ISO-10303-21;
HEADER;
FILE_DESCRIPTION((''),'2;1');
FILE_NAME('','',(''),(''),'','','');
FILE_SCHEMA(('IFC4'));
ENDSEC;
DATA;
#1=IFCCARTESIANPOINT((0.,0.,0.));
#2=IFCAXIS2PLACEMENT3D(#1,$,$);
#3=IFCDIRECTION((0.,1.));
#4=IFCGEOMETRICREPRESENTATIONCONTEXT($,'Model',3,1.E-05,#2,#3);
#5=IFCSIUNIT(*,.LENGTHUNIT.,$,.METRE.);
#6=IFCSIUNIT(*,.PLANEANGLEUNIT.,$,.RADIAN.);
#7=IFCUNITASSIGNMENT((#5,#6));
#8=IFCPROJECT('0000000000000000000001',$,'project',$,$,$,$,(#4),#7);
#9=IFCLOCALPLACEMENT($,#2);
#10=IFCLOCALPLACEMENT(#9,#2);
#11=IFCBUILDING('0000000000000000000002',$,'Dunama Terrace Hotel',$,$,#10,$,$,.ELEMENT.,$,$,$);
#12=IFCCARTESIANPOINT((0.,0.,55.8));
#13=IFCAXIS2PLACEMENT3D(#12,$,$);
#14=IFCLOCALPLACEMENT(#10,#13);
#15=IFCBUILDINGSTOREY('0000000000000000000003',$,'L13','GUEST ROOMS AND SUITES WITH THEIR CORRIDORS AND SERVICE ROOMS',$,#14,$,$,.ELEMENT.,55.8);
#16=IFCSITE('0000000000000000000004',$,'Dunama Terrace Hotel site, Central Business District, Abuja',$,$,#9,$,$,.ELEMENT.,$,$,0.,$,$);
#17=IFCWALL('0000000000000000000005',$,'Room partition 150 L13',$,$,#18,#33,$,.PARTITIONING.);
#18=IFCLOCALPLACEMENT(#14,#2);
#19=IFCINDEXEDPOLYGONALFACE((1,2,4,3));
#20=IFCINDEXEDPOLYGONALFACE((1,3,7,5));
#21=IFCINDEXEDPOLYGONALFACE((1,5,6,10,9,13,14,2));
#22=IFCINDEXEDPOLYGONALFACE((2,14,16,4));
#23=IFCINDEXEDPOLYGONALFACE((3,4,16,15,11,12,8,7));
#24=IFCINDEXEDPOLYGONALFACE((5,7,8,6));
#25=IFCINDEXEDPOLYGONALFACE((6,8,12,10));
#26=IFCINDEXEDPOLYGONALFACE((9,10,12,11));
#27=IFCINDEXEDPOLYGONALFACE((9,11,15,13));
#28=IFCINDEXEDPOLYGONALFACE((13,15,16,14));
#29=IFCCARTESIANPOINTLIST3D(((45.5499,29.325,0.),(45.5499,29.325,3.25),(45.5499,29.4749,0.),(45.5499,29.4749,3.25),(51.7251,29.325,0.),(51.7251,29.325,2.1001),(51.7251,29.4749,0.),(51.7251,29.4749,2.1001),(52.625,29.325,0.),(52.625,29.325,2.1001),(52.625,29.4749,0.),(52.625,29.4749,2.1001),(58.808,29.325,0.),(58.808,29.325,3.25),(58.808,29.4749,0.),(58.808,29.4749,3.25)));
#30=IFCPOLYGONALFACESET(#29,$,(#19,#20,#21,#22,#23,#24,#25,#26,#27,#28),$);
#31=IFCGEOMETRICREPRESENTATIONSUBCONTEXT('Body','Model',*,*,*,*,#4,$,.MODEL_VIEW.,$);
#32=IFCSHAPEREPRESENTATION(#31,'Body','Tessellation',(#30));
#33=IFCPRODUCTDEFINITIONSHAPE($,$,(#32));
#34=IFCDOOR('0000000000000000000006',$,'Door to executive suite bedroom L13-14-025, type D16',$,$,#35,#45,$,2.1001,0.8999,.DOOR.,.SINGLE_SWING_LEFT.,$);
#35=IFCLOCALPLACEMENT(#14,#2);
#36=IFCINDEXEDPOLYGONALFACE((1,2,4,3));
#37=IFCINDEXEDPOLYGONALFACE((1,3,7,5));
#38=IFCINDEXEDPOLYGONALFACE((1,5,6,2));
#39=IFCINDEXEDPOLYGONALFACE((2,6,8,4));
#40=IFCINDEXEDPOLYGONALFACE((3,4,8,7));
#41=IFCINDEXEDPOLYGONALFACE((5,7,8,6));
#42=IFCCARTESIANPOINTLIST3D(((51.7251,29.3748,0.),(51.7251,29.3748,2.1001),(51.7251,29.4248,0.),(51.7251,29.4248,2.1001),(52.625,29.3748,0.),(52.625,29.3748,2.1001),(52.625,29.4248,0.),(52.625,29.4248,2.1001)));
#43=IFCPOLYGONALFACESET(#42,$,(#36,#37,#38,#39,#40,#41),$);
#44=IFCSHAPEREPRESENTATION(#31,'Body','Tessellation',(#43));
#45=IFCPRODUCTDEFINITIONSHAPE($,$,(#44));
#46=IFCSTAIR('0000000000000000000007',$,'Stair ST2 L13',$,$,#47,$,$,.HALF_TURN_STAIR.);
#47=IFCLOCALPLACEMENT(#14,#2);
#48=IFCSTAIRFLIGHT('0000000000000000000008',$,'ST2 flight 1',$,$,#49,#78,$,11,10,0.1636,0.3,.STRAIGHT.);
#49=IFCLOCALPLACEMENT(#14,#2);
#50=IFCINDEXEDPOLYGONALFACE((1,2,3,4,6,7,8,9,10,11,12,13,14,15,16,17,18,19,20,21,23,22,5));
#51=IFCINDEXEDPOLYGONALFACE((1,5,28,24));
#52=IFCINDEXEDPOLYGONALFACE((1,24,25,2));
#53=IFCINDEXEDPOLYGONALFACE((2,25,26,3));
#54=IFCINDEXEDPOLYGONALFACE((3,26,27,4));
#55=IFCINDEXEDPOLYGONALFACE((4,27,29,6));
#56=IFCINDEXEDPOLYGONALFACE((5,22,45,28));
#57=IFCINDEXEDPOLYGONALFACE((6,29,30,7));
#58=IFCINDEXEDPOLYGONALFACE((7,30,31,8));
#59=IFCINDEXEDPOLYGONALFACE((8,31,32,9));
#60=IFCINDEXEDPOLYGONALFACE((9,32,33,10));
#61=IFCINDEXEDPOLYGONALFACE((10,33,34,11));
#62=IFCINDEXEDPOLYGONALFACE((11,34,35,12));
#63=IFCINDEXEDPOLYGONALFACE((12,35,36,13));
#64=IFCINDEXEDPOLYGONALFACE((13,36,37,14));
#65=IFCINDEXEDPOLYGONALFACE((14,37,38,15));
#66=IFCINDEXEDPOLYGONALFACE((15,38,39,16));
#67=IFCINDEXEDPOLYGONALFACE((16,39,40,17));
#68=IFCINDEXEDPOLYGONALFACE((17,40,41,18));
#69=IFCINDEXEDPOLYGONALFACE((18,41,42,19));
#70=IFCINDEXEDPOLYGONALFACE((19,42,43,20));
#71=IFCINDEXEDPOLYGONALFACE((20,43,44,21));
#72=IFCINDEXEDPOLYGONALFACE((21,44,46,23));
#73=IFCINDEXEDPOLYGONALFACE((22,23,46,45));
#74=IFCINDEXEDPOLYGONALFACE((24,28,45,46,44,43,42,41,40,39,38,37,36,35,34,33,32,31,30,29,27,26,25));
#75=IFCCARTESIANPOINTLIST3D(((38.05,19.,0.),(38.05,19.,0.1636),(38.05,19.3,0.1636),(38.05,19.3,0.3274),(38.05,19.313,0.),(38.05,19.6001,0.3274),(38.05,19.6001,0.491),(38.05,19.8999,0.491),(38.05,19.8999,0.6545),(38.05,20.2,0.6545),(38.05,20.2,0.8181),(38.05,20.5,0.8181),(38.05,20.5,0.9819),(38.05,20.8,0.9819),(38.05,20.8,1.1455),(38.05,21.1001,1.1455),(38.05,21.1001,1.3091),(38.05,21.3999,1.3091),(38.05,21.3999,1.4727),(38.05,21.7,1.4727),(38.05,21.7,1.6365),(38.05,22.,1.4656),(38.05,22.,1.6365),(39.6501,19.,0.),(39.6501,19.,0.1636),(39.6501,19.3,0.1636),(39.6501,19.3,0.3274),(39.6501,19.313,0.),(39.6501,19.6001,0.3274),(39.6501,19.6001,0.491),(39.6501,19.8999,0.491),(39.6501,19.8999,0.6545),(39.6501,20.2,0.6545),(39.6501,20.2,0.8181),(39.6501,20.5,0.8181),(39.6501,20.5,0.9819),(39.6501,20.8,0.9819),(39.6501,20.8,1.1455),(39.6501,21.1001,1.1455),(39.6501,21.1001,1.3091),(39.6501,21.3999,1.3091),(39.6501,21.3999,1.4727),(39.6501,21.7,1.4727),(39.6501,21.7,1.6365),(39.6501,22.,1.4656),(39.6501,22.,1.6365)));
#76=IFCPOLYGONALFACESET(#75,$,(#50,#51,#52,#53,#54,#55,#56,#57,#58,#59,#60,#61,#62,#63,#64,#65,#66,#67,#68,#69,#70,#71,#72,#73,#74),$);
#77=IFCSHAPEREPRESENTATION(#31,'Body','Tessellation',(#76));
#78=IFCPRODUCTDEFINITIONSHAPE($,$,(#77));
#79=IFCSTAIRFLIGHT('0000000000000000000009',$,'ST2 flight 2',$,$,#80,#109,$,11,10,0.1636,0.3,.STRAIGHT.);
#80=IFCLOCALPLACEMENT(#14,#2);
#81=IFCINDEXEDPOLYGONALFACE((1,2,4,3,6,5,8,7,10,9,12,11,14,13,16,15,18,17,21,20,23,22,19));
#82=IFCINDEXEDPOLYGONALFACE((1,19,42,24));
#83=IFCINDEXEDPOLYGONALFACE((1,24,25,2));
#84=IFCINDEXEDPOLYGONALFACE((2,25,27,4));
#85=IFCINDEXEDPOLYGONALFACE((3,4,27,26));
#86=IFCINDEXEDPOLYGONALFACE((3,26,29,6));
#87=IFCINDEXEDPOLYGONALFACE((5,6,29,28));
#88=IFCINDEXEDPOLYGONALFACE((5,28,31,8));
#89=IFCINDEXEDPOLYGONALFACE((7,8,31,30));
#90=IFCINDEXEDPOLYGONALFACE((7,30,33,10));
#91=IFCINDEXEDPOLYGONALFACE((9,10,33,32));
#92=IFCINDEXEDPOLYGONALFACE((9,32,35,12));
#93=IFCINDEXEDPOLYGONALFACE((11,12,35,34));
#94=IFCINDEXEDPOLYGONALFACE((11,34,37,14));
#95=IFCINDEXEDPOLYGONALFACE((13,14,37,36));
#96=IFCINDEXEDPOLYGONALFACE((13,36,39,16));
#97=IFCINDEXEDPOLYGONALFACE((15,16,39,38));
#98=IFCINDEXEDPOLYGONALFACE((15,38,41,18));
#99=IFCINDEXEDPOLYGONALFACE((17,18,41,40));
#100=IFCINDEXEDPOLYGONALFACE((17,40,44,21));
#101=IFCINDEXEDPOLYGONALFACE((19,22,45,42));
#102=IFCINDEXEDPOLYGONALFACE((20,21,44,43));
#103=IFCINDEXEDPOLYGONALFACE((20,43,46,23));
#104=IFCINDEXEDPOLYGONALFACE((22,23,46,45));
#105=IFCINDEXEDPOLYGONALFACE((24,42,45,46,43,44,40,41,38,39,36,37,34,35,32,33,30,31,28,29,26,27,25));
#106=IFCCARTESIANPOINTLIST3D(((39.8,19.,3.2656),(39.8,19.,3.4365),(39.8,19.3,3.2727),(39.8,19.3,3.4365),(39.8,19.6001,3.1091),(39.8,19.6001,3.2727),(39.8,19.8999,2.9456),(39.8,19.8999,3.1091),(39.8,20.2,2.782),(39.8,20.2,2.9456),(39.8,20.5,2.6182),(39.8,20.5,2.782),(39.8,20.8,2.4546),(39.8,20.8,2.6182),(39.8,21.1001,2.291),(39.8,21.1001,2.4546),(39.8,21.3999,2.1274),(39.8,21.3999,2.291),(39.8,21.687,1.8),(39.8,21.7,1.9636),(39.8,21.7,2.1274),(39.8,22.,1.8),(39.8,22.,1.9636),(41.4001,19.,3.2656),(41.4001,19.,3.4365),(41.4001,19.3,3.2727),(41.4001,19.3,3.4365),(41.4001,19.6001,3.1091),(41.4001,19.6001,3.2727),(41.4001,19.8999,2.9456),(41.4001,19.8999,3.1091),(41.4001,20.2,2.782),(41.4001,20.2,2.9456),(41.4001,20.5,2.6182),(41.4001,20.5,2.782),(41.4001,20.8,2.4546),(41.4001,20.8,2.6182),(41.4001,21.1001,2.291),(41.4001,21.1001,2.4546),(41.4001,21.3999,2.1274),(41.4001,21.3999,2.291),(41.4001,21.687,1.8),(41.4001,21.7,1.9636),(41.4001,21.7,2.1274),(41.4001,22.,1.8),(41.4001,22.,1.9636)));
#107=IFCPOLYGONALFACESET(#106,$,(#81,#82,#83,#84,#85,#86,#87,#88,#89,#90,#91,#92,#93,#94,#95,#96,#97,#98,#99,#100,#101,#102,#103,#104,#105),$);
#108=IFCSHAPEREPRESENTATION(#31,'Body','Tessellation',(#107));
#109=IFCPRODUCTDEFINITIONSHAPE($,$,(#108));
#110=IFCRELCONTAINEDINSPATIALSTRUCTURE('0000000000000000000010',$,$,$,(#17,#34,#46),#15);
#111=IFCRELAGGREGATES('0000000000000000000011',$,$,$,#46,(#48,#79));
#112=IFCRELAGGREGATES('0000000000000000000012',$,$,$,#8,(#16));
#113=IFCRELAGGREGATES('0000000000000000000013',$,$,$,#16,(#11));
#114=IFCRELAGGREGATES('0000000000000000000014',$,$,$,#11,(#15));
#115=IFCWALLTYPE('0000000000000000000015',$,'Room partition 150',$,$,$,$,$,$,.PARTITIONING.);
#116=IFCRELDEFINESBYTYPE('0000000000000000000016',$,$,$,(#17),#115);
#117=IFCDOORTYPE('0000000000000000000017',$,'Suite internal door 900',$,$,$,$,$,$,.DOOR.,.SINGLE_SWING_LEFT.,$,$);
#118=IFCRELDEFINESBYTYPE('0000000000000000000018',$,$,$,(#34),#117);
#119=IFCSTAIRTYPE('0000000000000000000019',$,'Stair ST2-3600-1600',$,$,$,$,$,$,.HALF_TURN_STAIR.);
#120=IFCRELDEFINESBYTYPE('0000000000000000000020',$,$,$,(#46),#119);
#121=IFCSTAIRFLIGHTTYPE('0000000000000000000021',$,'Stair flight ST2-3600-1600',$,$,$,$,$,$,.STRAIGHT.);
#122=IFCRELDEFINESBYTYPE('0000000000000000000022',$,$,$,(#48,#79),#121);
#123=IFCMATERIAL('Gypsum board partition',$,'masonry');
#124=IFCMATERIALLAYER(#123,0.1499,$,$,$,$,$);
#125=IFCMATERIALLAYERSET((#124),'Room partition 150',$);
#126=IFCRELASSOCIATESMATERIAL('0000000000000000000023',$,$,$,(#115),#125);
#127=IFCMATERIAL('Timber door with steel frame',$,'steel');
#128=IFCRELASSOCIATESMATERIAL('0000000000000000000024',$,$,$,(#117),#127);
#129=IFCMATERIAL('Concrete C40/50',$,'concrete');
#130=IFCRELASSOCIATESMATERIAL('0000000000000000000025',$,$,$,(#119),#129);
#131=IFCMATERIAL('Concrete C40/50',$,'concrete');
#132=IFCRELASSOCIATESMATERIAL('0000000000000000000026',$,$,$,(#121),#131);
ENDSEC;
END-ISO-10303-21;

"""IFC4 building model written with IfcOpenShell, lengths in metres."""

from ifc_helpers import new_model, si_unit, direction, frame, frame_2d, origin, place, context, subcontext, project, spatial, polyline, rectangle, outline, extrude, material, layer, layer_set, type_object, element, fill, aggregate, save


model = new_model("IFC4")

# Units and contexts
model_context = context("Model", 3, precision=1e-05, world=origin(), true_north=direction((0.0, 1.0)))
body_context = subcontext(model_context, "Body", "Model", "MODEL_VIEW")
ifc_project = project(units=[si_unit("LENGTHUNIT", "METRE"), si_unit("PLANEANGLEUNIT", "RADIAN")], contexts=[model_context])

# Site, building, storey
site_placement = place(None, origin())
site = spatial("IfcSite", under=ifc_project, at=site_placement, Name="Dunama Terrace Hotel site, Central Business District, Abuja", CompositionType="ELEMENT", RefElevation=0.0)
building_placement = place(site_placement, origin())
building = spatial("IfcBuilding", under=site, at=building_placement, Name="Dunama Terrace Hotel", CompositionType="ELEMENT")
storey_placement = place(building_placement, frame((0.0, 0.0, 55.8)))
storey = spatial("IfcBuildingStorey", under=building, at=storey_placement, Name="L13", Description="GUEST ROOMS AND SUITES WITH THEIR CORRIDORS AND SERVICE ROOMS", CompositionType="ELEMENT", Elevation=55.8)

# Wall, opening, door
ifc_material_1 = material(Name="Gypsum board partition", Category="masonry")
ifc_layer_1 = layer(ifc_material_1, 0.1499)
ifc_layer_set_1 = layer_set([ifc_layer_1], Name="Room partition 150")
wall_type_1 = type_object("IfcWallType", Name="Room partition 150", PredefinedType="PARTITIONING", material=ifc_layer_set_1)
ifc_material_2 = material(Name="Timber door with steel frame", Category="steel")
door_type_1 = type_object("IfcDoorType", Name="Suite internal door 900", OperationType="SINGLE_SWING_LEFT", PredefinedType="DOOR", material=ifc_material_2)
wall_1_placement = place(storey_placement, frame((45.55, 29.3999, 0.0), z_axis=(0.0, 0.0, 1.0), x_axis=(1.0, 0.0, 0.0)))
wall_1 = element("IfcWall", 1, at=wall_1_placement, inside=storey, type_object=wall_type_1, Name="Room partition 150 L13", PredefinedType="PARTITIONING", context=body_context, shape_type="SweptSolid", body=[
    extrude(rectangle(XDim=13.2581, YDim=0.1499, at=frame_2d((6.6289, 0.0))), origin(), (0.0, 0.0, 1.0), 3.25),
])
opening_1_placement = place(wall_1_placement, frame((6.175, 0.0, 0.0)))
opening_1 = element("IfcOpeningElement", 2, at=opening_1_placement, cuts=wall_1, PredefinedType="OPENING", context=body_context, shape_type="SweptSolid", body=[
    extrude(rectangle(XDim=0.8999, YDim=2.1001, at=frame_2d((0.45, 1.05))), frame((0.0, 0.085, 0.0), z_axis=(0.0, -1.0, 0.0), x_axis=(1.0, 0.0, 0.0)), (0.0, 0.0, 1.0), 0.1699),
])
door_1_placement = place(opening_1_placement, origin())
door_1 = element("IfcDoor", 3, at=door_1_placement, inside=storey, type_object=door_type_1, Name="Door to executive suite bedroom L13-14-025, type D16", OperationType="SINGLE_SWING_LEFT", OverallHeight=2.1001, OverallWidth=0.8999, PredefinedType="DOOR", context=body_context, shape_type="SweptSolid", body=[
    extrude(rectangle(XDim=0.8999, YDim=2.1001, at=frame_2d((0.45, 1.05))), frame((0.0, 0.0249, 0.0), z_axis=(0.0, -1.0, 0.0), x_axis=(1.0, 0.0, 0.0)), (0.0, 0.0, 1.0), 0.05),
])
fill(opening_1, door_1)

# Stair, stair flights
ifc_material_3 = material(Name="Concrete C40/50", Category="concrete")
stair_type = type_object("IfcStairType", Name="Stair ST2-3600-1600", PredefinedType="HALF_TURN_STAIR", material=ifc_material_3)
stair_placement = place(storey_placement, origin())
stair = element("IfcStair", 4, at=stair_placement, inside=storey, type_object=stair_type, Name="Stair ST2 L13", PredefinedType="HALF_TURN_STAIR")
ifc_material_4 = material(Name="Concrete C40/50", Category="concrete")
stair_flight_type = type_object("IfcStairFlightType", Name="Stair flight ST2-3600-1600", PredefinedType="STRAIGHT", material=ifc_material_4)
stair_flight_1_placement = place(storey_placement, frame((38.8501, 19.0, 0.0), z_axis=(0.0, 0.0, 1.0), x_axis=(0.0, 1.0, 0.0)))
stair_flight_1 = element("IfcStairFlight", 5, at=stair_flight_1_placement, type_object=stair_flight_type, Name="ST2 flight 1", NumberOfRisers=11, NumberOfTreads=10, PredefinedType="STRAIGHT", RiserHeight=0.1636, TreadLength=0.3, context=body_context, shape_type="SweptSolid", body=[
    extrude(outline(polyline([(0.0, 0.0), (0.0, 0.1636), (0.3, 0.1636), (0.3, 0.3274), (0.6001, 0.3274), (0.6001, 0.491), (0.8999, 0.491), (0.8999, 0.6545), (1.2, 0.6545), (1.2, 0.8181), (1.5, 0.8181), (1.5, 0.9819), (1.8, 0.9819), (1.8, 1.1455), (2.1001, 1.1455), (2.1001, 1.3091), (2.3999, 1.3091), (2.3999, 1.4727), (2.7, 1.4727), (2.7, 1.6365), (3.0, 1.6365), (3.0, 1.8), (3.0, 1.4656), (0.313, 0.0), (0.0, 0.0)])), frame((0.0, 0.8, 0.0), z_axis=(0.0, -1.0, 0.0), x_axis=(1.0, 0.0, 0.0)), (0.0, 0.0, 1.0), 1.6001),
])
stair_flight_2_placement = place(storey_placement, frame((40.6001, 22.0, 1.8), z_axis=(0.0, 0.0, 1.0), x_axis=(0.0, -1.0, 0.0)))
stair_flight_2 = element("IfcStairFlight", 6, at=stair_flight_2_placement, type_object=stair_flight_type, Name="ST2 flight 2", NumberOfRisers=11, NumberOfTreads=10, PredefinedType="STRAIGHT", RiserHeight=0.1636, TreadLength=0.3, context=body_context, shape_type="SweptSolid", body=[
    extrude(outline(polyline([(0.0, 0.0), (0.0, 0.1636), (0.3, 0.1636), (0.3, 0.3274), (0.6001, 0.3274), (0.6001, 0.491), (0.8999, 0.491), (0.8999, 0.6545), (1.2, 0.6545), (1.2, 0.8181), (1.5, 0.8181), (1.5, 0.9819), (1.8, 0.9819), (1.8, 1.1455), (2.1001, 1.1455), (2.1001, 1.3091), (2.3999, 1.3091), (2.3999, 1.4727), (2.7, 1.4727), (2.7, 1.6365), (3.0, 1.6365), (3.0, 1.8), (3.0, 1.4656), (0.313, 0.0), (0.0, 0.0)])), frame((0.0, 0.8, 0.0), z_axis=(0.0, -1.0, 0.0), x_axis=(1.0, 0.0, 0.0)), (0.0, 0.0, 1.0), 1.6001),
])
aggregate(stair, [stair_flight_1, stair_flight_2])

save(model, "model.ifc")
